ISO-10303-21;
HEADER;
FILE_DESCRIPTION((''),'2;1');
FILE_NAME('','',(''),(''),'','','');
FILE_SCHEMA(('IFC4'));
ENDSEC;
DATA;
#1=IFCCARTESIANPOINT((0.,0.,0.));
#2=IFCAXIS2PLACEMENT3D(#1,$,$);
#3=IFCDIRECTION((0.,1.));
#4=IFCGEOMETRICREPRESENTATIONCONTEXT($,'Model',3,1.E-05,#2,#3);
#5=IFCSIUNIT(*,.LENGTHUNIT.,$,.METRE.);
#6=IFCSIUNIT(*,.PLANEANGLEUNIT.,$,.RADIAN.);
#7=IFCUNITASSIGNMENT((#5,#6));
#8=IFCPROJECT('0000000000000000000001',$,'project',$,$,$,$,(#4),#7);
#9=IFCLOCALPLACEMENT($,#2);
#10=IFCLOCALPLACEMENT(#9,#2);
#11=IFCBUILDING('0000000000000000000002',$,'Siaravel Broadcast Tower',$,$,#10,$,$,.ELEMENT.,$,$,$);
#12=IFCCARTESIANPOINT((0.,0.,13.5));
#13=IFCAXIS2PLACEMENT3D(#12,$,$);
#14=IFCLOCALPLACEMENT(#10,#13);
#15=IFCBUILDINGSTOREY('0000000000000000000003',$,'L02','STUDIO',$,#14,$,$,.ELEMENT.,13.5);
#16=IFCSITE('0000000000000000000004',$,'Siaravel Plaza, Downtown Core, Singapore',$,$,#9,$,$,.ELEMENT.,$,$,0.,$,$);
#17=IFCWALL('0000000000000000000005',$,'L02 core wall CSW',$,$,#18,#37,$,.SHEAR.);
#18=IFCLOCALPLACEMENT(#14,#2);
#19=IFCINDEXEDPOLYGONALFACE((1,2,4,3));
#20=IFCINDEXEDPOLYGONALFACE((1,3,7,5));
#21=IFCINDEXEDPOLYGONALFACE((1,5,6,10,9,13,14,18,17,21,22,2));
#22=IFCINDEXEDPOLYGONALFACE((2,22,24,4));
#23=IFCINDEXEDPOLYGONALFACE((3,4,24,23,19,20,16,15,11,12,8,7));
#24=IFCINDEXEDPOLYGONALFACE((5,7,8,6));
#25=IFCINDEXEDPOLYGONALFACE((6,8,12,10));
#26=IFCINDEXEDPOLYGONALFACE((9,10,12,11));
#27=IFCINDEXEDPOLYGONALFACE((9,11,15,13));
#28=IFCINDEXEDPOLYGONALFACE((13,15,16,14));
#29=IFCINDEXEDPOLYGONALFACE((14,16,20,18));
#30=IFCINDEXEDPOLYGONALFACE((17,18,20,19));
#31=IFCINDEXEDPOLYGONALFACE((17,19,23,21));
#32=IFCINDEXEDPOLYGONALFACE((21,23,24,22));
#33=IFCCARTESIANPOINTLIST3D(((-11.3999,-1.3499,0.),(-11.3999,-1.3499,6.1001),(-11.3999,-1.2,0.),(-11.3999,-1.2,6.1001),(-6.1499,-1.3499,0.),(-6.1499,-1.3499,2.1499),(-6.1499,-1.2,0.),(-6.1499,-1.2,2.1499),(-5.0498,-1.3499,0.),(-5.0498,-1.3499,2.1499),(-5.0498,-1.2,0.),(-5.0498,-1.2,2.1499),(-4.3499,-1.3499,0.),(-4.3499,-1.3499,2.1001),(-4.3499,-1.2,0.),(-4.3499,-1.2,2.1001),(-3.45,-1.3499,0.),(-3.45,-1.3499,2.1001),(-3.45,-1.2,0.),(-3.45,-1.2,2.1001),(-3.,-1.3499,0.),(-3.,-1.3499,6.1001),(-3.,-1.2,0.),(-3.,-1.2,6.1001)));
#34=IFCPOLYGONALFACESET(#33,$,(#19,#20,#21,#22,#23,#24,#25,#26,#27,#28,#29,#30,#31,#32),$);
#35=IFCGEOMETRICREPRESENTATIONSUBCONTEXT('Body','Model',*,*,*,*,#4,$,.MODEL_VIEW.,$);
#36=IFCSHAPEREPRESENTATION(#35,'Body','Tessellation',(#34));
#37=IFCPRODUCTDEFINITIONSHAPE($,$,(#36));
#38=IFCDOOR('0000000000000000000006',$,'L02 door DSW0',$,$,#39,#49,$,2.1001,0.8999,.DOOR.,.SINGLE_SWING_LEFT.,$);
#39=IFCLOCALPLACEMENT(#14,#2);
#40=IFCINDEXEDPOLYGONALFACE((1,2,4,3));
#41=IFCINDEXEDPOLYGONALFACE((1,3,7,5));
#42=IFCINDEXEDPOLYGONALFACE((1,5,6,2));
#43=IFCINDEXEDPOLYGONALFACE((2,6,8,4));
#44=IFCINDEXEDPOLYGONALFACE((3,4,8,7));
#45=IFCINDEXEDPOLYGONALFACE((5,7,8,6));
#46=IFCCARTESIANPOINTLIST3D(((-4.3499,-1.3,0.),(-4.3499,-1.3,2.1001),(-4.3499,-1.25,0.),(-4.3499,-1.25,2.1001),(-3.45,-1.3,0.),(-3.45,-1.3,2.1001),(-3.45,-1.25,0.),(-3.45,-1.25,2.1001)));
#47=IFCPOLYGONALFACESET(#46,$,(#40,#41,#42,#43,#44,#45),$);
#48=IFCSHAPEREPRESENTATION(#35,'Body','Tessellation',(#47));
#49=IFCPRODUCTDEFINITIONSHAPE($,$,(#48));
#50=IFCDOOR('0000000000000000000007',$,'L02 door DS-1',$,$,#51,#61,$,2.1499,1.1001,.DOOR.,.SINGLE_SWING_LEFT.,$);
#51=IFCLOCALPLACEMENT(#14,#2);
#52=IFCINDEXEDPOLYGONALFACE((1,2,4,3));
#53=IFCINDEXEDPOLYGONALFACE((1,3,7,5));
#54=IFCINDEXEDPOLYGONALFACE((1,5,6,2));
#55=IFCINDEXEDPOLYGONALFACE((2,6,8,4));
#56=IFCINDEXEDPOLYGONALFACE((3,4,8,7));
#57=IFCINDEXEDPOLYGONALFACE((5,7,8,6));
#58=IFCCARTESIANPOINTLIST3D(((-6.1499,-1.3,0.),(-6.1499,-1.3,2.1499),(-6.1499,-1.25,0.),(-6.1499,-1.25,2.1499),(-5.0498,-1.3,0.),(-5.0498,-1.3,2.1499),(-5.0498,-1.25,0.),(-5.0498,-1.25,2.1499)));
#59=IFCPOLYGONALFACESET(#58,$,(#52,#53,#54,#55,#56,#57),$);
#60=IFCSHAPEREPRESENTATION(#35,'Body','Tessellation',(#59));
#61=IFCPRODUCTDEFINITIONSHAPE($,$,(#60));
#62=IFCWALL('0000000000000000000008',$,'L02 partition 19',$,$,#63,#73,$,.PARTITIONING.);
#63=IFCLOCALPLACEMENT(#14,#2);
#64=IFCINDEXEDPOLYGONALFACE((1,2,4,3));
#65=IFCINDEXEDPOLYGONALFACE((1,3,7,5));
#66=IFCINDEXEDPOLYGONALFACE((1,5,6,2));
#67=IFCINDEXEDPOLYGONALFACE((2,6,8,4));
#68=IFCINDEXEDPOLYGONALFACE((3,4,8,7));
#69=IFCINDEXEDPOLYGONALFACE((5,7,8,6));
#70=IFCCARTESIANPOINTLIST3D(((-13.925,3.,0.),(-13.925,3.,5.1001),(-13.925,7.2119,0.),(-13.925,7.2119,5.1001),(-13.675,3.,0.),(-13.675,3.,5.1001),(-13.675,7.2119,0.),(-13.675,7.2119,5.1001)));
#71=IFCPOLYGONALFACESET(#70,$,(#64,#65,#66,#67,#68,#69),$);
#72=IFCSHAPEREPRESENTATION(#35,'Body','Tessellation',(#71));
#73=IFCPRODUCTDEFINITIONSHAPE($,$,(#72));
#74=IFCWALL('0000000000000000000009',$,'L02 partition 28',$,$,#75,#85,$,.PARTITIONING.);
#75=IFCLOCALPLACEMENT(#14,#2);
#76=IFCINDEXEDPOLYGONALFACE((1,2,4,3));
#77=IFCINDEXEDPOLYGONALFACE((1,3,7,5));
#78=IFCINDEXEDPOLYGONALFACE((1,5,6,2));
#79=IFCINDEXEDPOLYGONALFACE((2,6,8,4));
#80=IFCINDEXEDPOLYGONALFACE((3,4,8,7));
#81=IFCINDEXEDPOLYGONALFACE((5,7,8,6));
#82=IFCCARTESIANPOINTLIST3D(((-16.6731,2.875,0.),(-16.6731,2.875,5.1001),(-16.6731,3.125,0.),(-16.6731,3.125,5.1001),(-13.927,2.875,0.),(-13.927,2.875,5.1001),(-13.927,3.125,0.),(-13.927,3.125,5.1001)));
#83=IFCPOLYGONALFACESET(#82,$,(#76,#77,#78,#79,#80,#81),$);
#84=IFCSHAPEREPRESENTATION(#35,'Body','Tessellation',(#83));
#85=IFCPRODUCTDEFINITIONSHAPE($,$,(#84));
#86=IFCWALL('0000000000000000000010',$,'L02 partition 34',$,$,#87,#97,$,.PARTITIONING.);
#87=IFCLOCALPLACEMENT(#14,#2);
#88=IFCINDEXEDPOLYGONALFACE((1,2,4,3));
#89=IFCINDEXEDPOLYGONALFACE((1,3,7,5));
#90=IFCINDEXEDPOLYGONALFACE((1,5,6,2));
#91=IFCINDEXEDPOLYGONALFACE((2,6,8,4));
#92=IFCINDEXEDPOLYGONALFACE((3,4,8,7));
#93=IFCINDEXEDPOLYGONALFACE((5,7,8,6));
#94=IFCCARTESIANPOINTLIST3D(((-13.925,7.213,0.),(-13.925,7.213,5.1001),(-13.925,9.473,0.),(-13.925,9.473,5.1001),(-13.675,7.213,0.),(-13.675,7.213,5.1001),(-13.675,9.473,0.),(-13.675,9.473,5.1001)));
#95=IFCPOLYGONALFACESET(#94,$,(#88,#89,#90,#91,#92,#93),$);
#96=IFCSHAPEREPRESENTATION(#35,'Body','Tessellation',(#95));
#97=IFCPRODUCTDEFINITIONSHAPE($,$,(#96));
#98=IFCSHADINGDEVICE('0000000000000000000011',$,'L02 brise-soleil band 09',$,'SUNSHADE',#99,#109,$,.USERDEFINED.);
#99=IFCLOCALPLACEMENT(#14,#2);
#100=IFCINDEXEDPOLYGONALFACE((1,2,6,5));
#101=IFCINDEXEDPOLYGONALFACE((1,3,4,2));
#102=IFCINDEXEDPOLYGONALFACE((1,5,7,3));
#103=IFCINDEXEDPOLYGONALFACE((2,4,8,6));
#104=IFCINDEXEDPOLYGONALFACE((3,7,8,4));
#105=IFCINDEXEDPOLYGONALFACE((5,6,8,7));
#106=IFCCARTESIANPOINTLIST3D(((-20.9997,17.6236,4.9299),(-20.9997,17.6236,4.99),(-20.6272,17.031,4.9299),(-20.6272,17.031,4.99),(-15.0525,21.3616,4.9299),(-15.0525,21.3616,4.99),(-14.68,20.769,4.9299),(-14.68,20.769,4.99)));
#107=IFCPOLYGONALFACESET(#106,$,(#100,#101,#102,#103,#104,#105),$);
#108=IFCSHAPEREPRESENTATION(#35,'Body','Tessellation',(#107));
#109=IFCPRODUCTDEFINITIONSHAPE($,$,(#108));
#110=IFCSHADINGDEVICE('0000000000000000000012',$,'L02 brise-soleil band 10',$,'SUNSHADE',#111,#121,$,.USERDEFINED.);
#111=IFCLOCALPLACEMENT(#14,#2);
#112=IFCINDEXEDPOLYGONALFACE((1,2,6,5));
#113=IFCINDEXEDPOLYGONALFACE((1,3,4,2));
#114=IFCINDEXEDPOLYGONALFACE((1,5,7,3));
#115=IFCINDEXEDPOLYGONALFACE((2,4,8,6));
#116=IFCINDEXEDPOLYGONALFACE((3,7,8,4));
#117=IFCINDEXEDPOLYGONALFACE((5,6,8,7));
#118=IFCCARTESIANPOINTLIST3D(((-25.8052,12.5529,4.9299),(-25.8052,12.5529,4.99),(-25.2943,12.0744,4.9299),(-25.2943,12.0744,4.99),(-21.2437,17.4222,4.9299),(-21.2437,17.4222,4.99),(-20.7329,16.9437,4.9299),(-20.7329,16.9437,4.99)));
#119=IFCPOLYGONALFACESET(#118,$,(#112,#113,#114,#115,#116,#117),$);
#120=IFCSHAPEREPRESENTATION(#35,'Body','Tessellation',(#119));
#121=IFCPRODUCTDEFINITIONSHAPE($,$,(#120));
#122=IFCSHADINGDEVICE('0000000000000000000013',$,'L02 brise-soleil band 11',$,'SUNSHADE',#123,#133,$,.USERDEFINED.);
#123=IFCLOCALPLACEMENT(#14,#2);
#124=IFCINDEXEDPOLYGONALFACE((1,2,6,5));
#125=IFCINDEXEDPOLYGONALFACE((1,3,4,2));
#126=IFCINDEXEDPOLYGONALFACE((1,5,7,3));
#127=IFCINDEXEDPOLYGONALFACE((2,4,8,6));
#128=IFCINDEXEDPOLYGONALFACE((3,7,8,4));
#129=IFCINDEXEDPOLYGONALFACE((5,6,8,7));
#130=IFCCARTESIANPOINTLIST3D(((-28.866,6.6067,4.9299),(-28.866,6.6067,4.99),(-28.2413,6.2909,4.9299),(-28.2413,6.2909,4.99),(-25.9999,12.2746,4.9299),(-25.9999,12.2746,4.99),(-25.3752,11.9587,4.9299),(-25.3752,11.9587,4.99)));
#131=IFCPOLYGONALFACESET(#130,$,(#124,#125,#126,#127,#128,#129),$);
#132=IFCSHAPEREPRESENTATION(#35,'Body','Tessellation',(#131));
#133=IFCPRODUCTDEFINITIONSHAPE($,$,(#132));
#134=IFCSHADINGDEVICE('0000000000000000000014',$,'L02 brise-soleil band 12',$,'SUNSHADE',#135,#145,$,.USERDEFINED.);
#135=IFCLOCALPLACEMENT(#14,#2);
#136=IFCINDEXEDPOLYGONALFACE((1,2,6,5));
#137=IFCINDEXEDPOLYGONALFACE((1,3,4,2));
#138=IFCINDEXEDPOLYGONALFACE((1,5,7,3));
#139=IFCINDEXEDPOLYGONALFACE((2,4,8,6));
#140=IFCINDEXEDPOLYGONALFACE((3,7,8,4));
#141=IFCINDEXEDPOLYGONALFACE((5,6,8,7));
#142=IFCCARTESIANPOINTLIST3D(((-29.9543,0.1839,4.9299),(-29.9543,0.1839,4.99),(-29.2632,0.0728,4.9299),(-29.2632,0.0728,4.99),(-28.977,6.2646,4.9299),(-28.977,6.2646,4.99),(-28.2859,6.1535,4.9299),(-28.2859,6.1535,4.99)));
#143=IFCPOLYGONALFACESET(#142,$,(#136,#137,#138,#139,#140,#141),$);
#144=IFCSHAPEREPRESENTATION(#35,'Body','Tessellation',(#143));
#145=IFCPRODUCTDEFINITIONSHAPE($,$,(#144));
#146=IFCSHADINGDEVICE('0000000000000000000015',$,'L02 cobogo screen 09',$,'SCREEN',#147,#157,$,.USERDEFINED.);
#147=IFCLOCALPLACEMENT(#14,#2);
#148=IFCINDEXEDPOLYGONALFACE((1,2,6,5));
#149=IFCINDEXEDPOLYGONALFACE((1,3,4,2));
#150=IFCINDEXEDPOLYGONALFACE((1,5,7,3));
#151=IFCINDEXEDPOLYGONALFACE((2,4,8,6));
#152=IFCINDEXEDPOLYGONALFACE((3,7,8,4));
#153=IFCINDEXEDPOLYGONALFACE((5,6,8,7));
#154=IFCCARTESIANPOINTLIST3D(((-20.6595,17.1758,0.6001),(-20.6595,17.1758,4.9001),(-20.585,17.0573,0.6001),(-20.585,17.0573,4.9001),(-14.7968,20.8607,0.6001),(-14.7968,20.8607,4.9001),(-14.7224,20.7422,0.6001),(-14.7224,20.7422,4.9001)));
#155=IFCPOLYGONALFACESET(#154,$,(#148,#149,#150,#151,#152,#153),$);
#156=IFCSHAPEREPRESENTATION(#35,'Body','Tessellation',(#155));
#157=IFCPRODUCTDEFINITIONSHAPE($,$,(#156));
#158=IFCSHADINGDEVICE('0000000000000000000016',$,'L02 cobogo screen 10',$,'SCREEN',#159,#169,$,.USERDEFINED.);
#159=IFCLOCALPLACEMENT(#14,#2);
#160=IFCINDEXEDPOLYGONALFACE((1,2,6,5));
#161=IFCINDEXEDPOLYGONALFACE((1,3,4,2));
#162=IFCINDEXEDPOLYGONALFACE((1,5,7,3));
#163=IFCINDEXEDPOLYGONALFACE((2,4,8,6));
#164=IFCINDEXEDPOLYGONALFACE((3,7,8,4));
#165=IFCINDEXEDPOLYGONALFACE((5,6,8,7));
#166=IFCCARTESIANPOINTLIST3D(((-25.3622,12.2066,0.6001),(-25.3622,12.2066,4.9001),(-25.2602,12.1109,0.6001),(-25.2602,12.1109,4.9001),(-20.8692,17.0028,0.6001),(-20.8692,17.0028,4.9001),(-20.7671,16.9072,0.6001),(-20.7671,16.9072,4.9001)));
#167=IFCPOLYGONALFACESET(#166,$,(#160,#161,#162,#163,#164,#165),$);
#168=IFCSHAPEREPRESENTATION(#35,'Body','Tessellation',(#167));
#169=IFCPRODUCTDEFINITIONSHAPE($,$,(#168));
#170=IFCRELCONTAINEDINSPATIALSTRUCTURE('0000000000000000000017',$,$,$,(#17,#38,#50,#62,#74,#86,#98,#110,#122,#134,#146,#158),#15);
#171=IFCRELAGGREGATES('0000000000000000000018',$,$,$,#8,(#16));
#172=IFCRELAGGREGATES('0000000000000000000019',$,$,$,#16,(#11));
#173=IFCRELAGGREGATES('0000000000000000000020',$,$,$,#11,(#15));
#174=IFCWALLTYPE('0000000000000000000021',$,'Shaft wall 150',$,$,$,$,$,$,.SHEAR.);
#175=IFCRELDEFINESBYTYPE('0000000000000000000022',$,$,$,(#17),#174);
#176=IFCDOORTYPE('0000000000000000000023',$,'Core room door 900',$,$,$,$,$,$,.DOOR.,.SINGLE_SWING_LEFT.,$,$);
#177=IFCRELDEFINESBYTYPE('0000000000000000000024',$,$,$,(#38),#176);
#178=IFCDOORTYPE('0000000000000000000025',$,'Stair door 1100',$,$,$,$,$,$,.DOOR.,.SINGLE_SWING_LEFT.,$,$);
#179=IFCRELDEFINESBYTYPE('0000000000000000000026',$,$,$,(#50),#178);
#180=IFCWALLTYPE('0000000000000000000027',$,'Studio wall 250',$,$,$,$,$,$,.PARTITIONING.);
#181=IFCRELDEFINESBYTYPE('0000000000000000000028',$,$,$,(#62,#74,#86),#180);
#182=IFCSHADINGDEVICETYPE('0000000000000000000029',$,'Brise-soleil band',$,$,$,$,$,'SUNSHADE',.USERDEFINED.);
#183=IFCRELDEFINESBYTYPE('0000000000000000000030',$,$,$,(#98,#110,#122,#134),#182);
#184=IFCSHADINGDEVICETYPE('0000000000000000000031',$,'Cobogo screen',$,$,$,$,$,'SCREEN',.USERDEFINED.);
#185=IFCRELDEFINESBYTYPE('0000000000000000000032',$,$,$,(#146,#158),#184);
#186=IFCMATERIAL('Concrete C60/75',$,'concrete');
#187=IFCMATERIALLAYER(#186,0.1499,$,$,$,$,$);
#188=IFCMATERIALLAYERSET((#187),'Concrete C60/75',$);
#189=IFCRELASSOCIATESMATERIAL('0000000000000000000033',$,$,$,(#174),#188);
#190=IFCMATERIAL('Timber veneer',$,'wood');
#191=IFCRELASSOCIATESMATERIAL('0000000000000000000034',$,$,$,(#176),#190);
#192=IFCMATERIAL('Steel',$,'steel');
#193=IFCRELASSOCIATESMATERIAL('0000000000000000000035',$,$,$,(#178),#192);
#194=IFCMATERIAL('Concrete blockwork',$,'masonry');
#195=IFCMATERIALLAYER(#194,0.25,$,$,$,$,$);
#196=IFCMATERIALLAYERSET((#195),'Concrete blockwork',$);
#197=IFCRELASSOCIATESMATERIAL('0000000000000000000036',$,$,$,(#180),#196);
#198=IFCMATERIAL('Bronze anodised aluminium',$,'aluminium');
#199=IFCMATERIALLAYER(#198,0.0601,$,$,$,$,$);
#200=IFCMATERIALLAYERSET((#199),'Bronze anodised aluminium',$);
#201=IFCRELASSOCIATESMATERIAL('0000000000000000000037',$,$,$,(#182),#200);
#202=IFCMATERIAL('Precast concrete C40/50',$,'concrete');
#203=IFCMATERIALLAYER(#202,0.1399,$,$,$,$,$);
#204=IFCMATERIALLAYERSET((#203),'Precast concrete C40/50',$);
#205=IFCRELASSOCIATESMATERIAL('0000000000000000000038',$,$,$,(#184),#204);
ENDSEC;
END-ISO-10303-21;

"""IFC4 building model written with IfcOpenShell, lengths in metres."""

from ifc_helpers import new_model, si_unit, direction, frame, frame_2d, origin, origin_2d, place, context, subcontext, project, spatial, rectangle, extrude, material, layer, layer_set, type_object, element, fill, save


model = new_model("IFC4")

# Units and contexts
model_context = context("Model", 3, precision=1e-05, world=origin(), true_north=direction((0.0, 1.0)))
body_context = subcontext(model_context, "Body", "Model", "MODEL_VIEW")
ifc_project = project(units=[si_unit("LENGTHUNIT", "METRE"), si_unit("PLANEANGLEUNIT", "RADIAN")], contexts=[model_context])

# Site, building, storey
site_placement = place(None, origin())
site = spatial("IfcSite", under=ifc_project, at=site_placement, Name="Siaravel Plaza, Downtown Core, Singapore", CompositionType="ELEMENT", RefElevation=0.0)
building_placement = place(site_placement, origin())
building = spatial("IfcBuilding", under=site, at=building_placement, Name="Siaravel Broadcast Tower", CompositionType="ELEMENT")
storey_placement = place(building_placement, frame((0.0, 0.0, 13.5)))
storey = spatial("IfcBuildingStorey", under=building, at=storey_placement, Name="L02", Description="STUDIO", CompositionType="ELEMENT", Elevation=13.5)

# Wall, openings, doors
ifc_material_1 = material(Name="Concrete C60/75", Category="concrete")
ifc_layer_1 = layer(ifc_material_1, 0.1499)
ifc_layer_set_1 = layer_set([ifc_layer_1], Name="Concrete C60/75")
wall_type_1 = type_object("IfcWallType", Name="Shaft wall 150", PredefinedType="SHEAR", material=ifc_layer_set_1)
wall_1_placement = place(storey_placement, frame((-11.3999, -1.2749, 0.0), z_axis=(0.0, 0.0, 1.0), x_axis=(1.0, 0.0, 0.0)))
wall_1 = element("IfcWall", 1, at=wall_1_placement, inside=storey, type_object=wall_type_1, Name="L02 core wall CSW", PredefinedType="SHEAR", context=body_context, shape_type="SweptSolid", body=[
    extrude(rectangle(XDim=8.3999, YDim=0.1499, at=frame_2d((4.2, 0.0))), origin(), (0.0, 0.0, 1.0), 6.1001),
])
opening_1_placement = place(wall_1_placement, frame((5.25, 0.0, 0.0)))
opening_1 = element("IfcOpeningElement", 2, at=opening_1_placement, cuts=wall_1, PredefinedType="OPENING", context=body_context, shape_type="SweptSolid", body=[
    extrude(rectangle(XDim=1.1001, YDim=2.1499, at=frame_2d((0.55, 1.075))), frame((0.0, 0.085, 0.0), z_axis=(0.0, -1.0, 0.0), x_axis=(1.0, 0.0, 0.0)), (0.0, 0.0, 1.0), 0.1699),
])
opening_2_placement = place(wall_1_placement, frame((7.05, 0.0, 0.0)))
opening_2 = element("IfcOpeningElement", 3, at=opening_2_placement, cuts=wall_1, PredefinedType="OPENING", context=body_context, shape_type="SweptSolid", body=[
    extrude(rectangle(XDim=0.8999, YDim=2.1001, at=frame_2d((0.45, 1.05))), frame((0.0, 0.085, 0.0), z_axis=(0.0, -1.0, 0.0), x_axis=(1.0, 0.0, 0.0)), (0.0, 0.0, 1.0), 0.1699),
])
ifc_material_2 = material(Name="Timber veneer", Category="wood")
door_type_1 = type_object("IfcDoorType", Name="Core room door 900", OperationType="SINGLE_SWING_LEFT", PredefinedType="DOOR", material=ifc_material_2)
door_1_placement = place(opening_2_placement, origin())
door_1 = element("IfcDoor", 4, at=door_1_placement, inside=storey, type_object=door_type_1, Name="L02 door DSW0", OperationType="SINGLE_SWING_LEFT", OverallHeight=2.1001, OverallWidth=0.8999, PredefinedType="DOOR", context=body_context, shape_type="SweptSolid", body=[
    extrude(rectangle(XDim=0.8999, YDim=2.1001, at=frame_2d((0.45, 1.05))), frame((0.0, 0.0249, 0.0), z_axis=(0.0, -1.0, 0.0), x_axis=(1.0, 0.0, 0.0)), (0.0, 0.0, 1.0), 0.05),
])
fill(opening_2, door_1)
ifc_material_3 = material(Name="Steel", Category="steel")
door_type_2 = type_object("IfcDoorType", Name="Stair door 1100", OperationType="SINGLE_SWING_LEFT", PredefinedType="DOOR", material=ifc_material_3)
door_2_placement = place(opening_1_placement, origin())
door_2 = element("IfcDoor", 5, at=door_2_placement, inside=storey, type_object=door_type_2, Name="L02 door DS-1", OperationType="SINGLE_SWING_LEFT", OverallHeight=2.1499, OverallWidth=1.1001, PredefinedType="DOOR", context=body_context, shape_type="SweptSolid", body=[
    extrude(rectangle(XDim=1.1001, YDim=2.1499, at=frame_2d((0.55, 1.075))), frame((0.0, 0.0249, 0.0), z_axis=(0.0, -1.0, 0.0), x_axis=(1.0, 0.0, 0.0)), (0.0, 0.0, 1.0), 0.05),
])
fill(opening_1, door_2)

# Shared definitions
ifc_material_4 = material(Name="Concrete blockwork", Category="masonry")
ifc_layer_2 = layer(ifc_material_4, 0.25)
ifc_layer_set_2 = layer_set([ifc_layer_2], Name="Concrete blockwork")
wall_type_2 = type_object("IfcWallType", Name="Studio wall 250", PredefinedType="PARTITIONING", material=ifc_layer_set_2)

# Walls
wall_2_placement = place(storey_placement, frame((-13.8, 7.2119, 0.0), z_axis=(0.0, 0.0, 1.0), x_axis=(0.0, -1.0, 0.0)))
element("IfcWall", 6, at=wall_2_placement, inside=storey, type_object=wall_type_2, Name="L02 partition 19", PredefinedType="PARTITIONING", context=body_context, shape_type="SweptSolid", body=[
    extrude(rectangle(XDim=4.2119, YDim=0.25, at=frame_2d((2.106, 0.0))), origin(), (0.0, 0.0, 1.0), 5.1001),
])
wall_3_placement = place(storey_placement, frame((-13.927, 3.0, 0.0), z_axis=(0.0, 0.0, 1.0), x_axis=(-1.0, 0.0, 0.0)))
element("IfcWall", 7, at=wall_3_placement, inside=storey, type_object=wall_type_2, Name="L02 partition 28", PredefinedType="PARTITIONING", context=body_context, shape_type="SweptSolid", body=[
    extrude(rectangle(XDim=2.7461, YDim=0.25, at=frame_2d((1.373, 0.0))), origin(), (0.0, 0.0, 1.0), 5.1001),
])
wall_4_placement = place(storey_placement, frame((-13.8, 9.4729, 0.0), z_axis=(0.0, 0.0, 1.0), x_axis=(0.0, -1.0, 0.0)))
element("IfcWall", 8, at=wall_4_placement, inside=storey, type_object=wall_type_2, Name="L02 partition 34", PredefinedType="PARTITIONING", context=body_context, shape_type="SweptSolid", body=[
    extrude(rectangle(XDim=2.26, YDim=0.25, at=frame_2d((1.1299, 0.0))), origin(), (0.0, 0.0, 1.0), 5.1001),
])

# Shading devices
ifc_material_5 = material(Name="Bronze anodised aluminium", Category="aluminium")
ifc_layer_3 = layer(ifc_material_5, 0.0601)
ifc_layer_set_3 = layer_set([ifc_layer_3], Name="Bronze anodised aluminium")
shading_device_type_1 = type_object("IfcShadingDeviceType", Name="Brise-soleil band", ElementType="SUNSHADE", PredefinedType="USERDEFINED", material=ifc_layer_set_3)
shading_device_1_placement = place(storey_placement, frame((-17.8398, 19.1963, 4.9299), z_axis=(0.0, 0.0, 1.0), x_axis=(-0.84665, -0.532149, 0.0)))
element("IfcShadingDevice", 9, at=shading_device_1_placement, inside=storey, type_object=shading_device_type_1, Name="L02 brise-soleil band 09", ObjectType="SUNSHADE", PredefinedType="USERDEFINED", context=body_context, shape_type="SweptSolid", body=[
    extrude(rectangle(XDim=7.0244, YDim=0.7, at=origin_2d()), origin(), (0.0, 0.0, 1.0), 0.0601),
])
shading_device_2_placement = place(storey_placement, frame((-23.269, 14.7483, 4.9299), z_axis=(0.0, 0.0, 1.0), x_axis=(-0.683656, -0.729804, 0.0)))
element("IfcShadingDevice", 10, at=shading_device_2_placement, inside=storey, type_object=shading_device_type_1, Name="L02 brise-soleil band 10", ObjectType="SUNSHADE", PredefinedType="USERDEFINED", context=body_context, shape_type="SweptSolid", body=[
    extrude(rectangle(XDim=6.6721, YDim=0.7, at=origin_2d()), origin(), (0.0, 0.0, 1.0), 0.0601),
])
shading_device_3_placement = place(storey_placement, frame((-27.1206, 9.2827, 4.9299), z_axis=(0.0, 0.0, 1.0), x_axis=(-0.451262, -0.892391, 0.0)))
element("IfcShadingDevice", 11, at=shading_device_3_placement, inside=storey, type_object=shading_device_type_1, Name="L02 brise-soleil band 11", ObjectType="SUNSHADE", PredefinedType="USERDEFINED", context=body_context, shape_type="SweptSolid", body=[
    extrude(rectangle(XDim=6.3513, YDim=0.7, at=origin_2d()), origin(), (0.0, 0.0, 1.0), 0.0601),
])
shading_device_4_placement = place(storey_placement, frame((-29.1201, 3.1687, 4.9299), z_axis=(0.0, 0.0, 1.0), x_axis=(-0.158685, -0.987329, 0.0)))
element("IfcShadingDevice", 12, at=shading_device_4_placement, inside=storey, type_object=shading_device_type_1, Name="L02 brise-soleil band 12", ObjectType="SUNSHADE", PredefinedType="USERDEFINED", context=body_context, shape_type="SweptSolid", body=[
    extrude(rectangle(XDim=6.1587, YDim=0.7, at=origin_2d()), origin(), (0.0, 0.0, 1.0), 0.0601),
])
ifc_material_6 = material(Name="Precast concrete C40/50", Category="concrete")
ifc_layer_4 = layer(ifc_material_6, 0.1399)
ifc_layer_set_4 = layer_set([ifc_layer_4], Name="Precast concrete C40/50")
shading_device_type_2 = type_object("IfcShadingDeviceType", Name="Cobogo screen", ElementType="SCREEN", PredefinedType="USERDEFINED", material=ifc_layer_set_4)
shading_device_5_placement = place(storey_placement, frame((-17.6909, 18.959, 0.6001), z_axis=(0.0, 0.0, 1.0), x_axis=(-0.84665, -0.532149, 0.0)))
element("IfcShadingDevice", 13, at=shading_device_5_placement, inside=storey, type_object=shading_device_type_2, Name="L02 cobogo screen 09", ObjectType="SCREEN", PredefinedType="USERDEFINED", context=body_context, shape_type="SweptSolid", body=[
    extrude(rectangle(XDim=6.9246, YDim=0.1399, at=origin_2d()), origin(), (0.0, 0.0, 1.0), 4.3),
])
shading_device_6_placement = place(storey_placement, frame((-23.0647, 14.5569, 0.6001), z_axis=(0.0, 0.0, 1.0), x_axis=(-0.683656, -0.729804, 0.0)))
element("IfcShadingDevice", 14, at=shading_device_6_placement, inside=storey, type_object=shading_device_type_2, Name="L02 cobogo screen 10", ObjectType="SCREEN", PredefinedType="USERDEFINED", context=body_context, shape_type="SweptSolid", body=[
    extrude(rectangle(XDim=6.572, YDim=0.1399, at=origin_2d()), origin(), (0.0, 0.0, 1.0), 4.3),
])

save(model, "model.ifc")
